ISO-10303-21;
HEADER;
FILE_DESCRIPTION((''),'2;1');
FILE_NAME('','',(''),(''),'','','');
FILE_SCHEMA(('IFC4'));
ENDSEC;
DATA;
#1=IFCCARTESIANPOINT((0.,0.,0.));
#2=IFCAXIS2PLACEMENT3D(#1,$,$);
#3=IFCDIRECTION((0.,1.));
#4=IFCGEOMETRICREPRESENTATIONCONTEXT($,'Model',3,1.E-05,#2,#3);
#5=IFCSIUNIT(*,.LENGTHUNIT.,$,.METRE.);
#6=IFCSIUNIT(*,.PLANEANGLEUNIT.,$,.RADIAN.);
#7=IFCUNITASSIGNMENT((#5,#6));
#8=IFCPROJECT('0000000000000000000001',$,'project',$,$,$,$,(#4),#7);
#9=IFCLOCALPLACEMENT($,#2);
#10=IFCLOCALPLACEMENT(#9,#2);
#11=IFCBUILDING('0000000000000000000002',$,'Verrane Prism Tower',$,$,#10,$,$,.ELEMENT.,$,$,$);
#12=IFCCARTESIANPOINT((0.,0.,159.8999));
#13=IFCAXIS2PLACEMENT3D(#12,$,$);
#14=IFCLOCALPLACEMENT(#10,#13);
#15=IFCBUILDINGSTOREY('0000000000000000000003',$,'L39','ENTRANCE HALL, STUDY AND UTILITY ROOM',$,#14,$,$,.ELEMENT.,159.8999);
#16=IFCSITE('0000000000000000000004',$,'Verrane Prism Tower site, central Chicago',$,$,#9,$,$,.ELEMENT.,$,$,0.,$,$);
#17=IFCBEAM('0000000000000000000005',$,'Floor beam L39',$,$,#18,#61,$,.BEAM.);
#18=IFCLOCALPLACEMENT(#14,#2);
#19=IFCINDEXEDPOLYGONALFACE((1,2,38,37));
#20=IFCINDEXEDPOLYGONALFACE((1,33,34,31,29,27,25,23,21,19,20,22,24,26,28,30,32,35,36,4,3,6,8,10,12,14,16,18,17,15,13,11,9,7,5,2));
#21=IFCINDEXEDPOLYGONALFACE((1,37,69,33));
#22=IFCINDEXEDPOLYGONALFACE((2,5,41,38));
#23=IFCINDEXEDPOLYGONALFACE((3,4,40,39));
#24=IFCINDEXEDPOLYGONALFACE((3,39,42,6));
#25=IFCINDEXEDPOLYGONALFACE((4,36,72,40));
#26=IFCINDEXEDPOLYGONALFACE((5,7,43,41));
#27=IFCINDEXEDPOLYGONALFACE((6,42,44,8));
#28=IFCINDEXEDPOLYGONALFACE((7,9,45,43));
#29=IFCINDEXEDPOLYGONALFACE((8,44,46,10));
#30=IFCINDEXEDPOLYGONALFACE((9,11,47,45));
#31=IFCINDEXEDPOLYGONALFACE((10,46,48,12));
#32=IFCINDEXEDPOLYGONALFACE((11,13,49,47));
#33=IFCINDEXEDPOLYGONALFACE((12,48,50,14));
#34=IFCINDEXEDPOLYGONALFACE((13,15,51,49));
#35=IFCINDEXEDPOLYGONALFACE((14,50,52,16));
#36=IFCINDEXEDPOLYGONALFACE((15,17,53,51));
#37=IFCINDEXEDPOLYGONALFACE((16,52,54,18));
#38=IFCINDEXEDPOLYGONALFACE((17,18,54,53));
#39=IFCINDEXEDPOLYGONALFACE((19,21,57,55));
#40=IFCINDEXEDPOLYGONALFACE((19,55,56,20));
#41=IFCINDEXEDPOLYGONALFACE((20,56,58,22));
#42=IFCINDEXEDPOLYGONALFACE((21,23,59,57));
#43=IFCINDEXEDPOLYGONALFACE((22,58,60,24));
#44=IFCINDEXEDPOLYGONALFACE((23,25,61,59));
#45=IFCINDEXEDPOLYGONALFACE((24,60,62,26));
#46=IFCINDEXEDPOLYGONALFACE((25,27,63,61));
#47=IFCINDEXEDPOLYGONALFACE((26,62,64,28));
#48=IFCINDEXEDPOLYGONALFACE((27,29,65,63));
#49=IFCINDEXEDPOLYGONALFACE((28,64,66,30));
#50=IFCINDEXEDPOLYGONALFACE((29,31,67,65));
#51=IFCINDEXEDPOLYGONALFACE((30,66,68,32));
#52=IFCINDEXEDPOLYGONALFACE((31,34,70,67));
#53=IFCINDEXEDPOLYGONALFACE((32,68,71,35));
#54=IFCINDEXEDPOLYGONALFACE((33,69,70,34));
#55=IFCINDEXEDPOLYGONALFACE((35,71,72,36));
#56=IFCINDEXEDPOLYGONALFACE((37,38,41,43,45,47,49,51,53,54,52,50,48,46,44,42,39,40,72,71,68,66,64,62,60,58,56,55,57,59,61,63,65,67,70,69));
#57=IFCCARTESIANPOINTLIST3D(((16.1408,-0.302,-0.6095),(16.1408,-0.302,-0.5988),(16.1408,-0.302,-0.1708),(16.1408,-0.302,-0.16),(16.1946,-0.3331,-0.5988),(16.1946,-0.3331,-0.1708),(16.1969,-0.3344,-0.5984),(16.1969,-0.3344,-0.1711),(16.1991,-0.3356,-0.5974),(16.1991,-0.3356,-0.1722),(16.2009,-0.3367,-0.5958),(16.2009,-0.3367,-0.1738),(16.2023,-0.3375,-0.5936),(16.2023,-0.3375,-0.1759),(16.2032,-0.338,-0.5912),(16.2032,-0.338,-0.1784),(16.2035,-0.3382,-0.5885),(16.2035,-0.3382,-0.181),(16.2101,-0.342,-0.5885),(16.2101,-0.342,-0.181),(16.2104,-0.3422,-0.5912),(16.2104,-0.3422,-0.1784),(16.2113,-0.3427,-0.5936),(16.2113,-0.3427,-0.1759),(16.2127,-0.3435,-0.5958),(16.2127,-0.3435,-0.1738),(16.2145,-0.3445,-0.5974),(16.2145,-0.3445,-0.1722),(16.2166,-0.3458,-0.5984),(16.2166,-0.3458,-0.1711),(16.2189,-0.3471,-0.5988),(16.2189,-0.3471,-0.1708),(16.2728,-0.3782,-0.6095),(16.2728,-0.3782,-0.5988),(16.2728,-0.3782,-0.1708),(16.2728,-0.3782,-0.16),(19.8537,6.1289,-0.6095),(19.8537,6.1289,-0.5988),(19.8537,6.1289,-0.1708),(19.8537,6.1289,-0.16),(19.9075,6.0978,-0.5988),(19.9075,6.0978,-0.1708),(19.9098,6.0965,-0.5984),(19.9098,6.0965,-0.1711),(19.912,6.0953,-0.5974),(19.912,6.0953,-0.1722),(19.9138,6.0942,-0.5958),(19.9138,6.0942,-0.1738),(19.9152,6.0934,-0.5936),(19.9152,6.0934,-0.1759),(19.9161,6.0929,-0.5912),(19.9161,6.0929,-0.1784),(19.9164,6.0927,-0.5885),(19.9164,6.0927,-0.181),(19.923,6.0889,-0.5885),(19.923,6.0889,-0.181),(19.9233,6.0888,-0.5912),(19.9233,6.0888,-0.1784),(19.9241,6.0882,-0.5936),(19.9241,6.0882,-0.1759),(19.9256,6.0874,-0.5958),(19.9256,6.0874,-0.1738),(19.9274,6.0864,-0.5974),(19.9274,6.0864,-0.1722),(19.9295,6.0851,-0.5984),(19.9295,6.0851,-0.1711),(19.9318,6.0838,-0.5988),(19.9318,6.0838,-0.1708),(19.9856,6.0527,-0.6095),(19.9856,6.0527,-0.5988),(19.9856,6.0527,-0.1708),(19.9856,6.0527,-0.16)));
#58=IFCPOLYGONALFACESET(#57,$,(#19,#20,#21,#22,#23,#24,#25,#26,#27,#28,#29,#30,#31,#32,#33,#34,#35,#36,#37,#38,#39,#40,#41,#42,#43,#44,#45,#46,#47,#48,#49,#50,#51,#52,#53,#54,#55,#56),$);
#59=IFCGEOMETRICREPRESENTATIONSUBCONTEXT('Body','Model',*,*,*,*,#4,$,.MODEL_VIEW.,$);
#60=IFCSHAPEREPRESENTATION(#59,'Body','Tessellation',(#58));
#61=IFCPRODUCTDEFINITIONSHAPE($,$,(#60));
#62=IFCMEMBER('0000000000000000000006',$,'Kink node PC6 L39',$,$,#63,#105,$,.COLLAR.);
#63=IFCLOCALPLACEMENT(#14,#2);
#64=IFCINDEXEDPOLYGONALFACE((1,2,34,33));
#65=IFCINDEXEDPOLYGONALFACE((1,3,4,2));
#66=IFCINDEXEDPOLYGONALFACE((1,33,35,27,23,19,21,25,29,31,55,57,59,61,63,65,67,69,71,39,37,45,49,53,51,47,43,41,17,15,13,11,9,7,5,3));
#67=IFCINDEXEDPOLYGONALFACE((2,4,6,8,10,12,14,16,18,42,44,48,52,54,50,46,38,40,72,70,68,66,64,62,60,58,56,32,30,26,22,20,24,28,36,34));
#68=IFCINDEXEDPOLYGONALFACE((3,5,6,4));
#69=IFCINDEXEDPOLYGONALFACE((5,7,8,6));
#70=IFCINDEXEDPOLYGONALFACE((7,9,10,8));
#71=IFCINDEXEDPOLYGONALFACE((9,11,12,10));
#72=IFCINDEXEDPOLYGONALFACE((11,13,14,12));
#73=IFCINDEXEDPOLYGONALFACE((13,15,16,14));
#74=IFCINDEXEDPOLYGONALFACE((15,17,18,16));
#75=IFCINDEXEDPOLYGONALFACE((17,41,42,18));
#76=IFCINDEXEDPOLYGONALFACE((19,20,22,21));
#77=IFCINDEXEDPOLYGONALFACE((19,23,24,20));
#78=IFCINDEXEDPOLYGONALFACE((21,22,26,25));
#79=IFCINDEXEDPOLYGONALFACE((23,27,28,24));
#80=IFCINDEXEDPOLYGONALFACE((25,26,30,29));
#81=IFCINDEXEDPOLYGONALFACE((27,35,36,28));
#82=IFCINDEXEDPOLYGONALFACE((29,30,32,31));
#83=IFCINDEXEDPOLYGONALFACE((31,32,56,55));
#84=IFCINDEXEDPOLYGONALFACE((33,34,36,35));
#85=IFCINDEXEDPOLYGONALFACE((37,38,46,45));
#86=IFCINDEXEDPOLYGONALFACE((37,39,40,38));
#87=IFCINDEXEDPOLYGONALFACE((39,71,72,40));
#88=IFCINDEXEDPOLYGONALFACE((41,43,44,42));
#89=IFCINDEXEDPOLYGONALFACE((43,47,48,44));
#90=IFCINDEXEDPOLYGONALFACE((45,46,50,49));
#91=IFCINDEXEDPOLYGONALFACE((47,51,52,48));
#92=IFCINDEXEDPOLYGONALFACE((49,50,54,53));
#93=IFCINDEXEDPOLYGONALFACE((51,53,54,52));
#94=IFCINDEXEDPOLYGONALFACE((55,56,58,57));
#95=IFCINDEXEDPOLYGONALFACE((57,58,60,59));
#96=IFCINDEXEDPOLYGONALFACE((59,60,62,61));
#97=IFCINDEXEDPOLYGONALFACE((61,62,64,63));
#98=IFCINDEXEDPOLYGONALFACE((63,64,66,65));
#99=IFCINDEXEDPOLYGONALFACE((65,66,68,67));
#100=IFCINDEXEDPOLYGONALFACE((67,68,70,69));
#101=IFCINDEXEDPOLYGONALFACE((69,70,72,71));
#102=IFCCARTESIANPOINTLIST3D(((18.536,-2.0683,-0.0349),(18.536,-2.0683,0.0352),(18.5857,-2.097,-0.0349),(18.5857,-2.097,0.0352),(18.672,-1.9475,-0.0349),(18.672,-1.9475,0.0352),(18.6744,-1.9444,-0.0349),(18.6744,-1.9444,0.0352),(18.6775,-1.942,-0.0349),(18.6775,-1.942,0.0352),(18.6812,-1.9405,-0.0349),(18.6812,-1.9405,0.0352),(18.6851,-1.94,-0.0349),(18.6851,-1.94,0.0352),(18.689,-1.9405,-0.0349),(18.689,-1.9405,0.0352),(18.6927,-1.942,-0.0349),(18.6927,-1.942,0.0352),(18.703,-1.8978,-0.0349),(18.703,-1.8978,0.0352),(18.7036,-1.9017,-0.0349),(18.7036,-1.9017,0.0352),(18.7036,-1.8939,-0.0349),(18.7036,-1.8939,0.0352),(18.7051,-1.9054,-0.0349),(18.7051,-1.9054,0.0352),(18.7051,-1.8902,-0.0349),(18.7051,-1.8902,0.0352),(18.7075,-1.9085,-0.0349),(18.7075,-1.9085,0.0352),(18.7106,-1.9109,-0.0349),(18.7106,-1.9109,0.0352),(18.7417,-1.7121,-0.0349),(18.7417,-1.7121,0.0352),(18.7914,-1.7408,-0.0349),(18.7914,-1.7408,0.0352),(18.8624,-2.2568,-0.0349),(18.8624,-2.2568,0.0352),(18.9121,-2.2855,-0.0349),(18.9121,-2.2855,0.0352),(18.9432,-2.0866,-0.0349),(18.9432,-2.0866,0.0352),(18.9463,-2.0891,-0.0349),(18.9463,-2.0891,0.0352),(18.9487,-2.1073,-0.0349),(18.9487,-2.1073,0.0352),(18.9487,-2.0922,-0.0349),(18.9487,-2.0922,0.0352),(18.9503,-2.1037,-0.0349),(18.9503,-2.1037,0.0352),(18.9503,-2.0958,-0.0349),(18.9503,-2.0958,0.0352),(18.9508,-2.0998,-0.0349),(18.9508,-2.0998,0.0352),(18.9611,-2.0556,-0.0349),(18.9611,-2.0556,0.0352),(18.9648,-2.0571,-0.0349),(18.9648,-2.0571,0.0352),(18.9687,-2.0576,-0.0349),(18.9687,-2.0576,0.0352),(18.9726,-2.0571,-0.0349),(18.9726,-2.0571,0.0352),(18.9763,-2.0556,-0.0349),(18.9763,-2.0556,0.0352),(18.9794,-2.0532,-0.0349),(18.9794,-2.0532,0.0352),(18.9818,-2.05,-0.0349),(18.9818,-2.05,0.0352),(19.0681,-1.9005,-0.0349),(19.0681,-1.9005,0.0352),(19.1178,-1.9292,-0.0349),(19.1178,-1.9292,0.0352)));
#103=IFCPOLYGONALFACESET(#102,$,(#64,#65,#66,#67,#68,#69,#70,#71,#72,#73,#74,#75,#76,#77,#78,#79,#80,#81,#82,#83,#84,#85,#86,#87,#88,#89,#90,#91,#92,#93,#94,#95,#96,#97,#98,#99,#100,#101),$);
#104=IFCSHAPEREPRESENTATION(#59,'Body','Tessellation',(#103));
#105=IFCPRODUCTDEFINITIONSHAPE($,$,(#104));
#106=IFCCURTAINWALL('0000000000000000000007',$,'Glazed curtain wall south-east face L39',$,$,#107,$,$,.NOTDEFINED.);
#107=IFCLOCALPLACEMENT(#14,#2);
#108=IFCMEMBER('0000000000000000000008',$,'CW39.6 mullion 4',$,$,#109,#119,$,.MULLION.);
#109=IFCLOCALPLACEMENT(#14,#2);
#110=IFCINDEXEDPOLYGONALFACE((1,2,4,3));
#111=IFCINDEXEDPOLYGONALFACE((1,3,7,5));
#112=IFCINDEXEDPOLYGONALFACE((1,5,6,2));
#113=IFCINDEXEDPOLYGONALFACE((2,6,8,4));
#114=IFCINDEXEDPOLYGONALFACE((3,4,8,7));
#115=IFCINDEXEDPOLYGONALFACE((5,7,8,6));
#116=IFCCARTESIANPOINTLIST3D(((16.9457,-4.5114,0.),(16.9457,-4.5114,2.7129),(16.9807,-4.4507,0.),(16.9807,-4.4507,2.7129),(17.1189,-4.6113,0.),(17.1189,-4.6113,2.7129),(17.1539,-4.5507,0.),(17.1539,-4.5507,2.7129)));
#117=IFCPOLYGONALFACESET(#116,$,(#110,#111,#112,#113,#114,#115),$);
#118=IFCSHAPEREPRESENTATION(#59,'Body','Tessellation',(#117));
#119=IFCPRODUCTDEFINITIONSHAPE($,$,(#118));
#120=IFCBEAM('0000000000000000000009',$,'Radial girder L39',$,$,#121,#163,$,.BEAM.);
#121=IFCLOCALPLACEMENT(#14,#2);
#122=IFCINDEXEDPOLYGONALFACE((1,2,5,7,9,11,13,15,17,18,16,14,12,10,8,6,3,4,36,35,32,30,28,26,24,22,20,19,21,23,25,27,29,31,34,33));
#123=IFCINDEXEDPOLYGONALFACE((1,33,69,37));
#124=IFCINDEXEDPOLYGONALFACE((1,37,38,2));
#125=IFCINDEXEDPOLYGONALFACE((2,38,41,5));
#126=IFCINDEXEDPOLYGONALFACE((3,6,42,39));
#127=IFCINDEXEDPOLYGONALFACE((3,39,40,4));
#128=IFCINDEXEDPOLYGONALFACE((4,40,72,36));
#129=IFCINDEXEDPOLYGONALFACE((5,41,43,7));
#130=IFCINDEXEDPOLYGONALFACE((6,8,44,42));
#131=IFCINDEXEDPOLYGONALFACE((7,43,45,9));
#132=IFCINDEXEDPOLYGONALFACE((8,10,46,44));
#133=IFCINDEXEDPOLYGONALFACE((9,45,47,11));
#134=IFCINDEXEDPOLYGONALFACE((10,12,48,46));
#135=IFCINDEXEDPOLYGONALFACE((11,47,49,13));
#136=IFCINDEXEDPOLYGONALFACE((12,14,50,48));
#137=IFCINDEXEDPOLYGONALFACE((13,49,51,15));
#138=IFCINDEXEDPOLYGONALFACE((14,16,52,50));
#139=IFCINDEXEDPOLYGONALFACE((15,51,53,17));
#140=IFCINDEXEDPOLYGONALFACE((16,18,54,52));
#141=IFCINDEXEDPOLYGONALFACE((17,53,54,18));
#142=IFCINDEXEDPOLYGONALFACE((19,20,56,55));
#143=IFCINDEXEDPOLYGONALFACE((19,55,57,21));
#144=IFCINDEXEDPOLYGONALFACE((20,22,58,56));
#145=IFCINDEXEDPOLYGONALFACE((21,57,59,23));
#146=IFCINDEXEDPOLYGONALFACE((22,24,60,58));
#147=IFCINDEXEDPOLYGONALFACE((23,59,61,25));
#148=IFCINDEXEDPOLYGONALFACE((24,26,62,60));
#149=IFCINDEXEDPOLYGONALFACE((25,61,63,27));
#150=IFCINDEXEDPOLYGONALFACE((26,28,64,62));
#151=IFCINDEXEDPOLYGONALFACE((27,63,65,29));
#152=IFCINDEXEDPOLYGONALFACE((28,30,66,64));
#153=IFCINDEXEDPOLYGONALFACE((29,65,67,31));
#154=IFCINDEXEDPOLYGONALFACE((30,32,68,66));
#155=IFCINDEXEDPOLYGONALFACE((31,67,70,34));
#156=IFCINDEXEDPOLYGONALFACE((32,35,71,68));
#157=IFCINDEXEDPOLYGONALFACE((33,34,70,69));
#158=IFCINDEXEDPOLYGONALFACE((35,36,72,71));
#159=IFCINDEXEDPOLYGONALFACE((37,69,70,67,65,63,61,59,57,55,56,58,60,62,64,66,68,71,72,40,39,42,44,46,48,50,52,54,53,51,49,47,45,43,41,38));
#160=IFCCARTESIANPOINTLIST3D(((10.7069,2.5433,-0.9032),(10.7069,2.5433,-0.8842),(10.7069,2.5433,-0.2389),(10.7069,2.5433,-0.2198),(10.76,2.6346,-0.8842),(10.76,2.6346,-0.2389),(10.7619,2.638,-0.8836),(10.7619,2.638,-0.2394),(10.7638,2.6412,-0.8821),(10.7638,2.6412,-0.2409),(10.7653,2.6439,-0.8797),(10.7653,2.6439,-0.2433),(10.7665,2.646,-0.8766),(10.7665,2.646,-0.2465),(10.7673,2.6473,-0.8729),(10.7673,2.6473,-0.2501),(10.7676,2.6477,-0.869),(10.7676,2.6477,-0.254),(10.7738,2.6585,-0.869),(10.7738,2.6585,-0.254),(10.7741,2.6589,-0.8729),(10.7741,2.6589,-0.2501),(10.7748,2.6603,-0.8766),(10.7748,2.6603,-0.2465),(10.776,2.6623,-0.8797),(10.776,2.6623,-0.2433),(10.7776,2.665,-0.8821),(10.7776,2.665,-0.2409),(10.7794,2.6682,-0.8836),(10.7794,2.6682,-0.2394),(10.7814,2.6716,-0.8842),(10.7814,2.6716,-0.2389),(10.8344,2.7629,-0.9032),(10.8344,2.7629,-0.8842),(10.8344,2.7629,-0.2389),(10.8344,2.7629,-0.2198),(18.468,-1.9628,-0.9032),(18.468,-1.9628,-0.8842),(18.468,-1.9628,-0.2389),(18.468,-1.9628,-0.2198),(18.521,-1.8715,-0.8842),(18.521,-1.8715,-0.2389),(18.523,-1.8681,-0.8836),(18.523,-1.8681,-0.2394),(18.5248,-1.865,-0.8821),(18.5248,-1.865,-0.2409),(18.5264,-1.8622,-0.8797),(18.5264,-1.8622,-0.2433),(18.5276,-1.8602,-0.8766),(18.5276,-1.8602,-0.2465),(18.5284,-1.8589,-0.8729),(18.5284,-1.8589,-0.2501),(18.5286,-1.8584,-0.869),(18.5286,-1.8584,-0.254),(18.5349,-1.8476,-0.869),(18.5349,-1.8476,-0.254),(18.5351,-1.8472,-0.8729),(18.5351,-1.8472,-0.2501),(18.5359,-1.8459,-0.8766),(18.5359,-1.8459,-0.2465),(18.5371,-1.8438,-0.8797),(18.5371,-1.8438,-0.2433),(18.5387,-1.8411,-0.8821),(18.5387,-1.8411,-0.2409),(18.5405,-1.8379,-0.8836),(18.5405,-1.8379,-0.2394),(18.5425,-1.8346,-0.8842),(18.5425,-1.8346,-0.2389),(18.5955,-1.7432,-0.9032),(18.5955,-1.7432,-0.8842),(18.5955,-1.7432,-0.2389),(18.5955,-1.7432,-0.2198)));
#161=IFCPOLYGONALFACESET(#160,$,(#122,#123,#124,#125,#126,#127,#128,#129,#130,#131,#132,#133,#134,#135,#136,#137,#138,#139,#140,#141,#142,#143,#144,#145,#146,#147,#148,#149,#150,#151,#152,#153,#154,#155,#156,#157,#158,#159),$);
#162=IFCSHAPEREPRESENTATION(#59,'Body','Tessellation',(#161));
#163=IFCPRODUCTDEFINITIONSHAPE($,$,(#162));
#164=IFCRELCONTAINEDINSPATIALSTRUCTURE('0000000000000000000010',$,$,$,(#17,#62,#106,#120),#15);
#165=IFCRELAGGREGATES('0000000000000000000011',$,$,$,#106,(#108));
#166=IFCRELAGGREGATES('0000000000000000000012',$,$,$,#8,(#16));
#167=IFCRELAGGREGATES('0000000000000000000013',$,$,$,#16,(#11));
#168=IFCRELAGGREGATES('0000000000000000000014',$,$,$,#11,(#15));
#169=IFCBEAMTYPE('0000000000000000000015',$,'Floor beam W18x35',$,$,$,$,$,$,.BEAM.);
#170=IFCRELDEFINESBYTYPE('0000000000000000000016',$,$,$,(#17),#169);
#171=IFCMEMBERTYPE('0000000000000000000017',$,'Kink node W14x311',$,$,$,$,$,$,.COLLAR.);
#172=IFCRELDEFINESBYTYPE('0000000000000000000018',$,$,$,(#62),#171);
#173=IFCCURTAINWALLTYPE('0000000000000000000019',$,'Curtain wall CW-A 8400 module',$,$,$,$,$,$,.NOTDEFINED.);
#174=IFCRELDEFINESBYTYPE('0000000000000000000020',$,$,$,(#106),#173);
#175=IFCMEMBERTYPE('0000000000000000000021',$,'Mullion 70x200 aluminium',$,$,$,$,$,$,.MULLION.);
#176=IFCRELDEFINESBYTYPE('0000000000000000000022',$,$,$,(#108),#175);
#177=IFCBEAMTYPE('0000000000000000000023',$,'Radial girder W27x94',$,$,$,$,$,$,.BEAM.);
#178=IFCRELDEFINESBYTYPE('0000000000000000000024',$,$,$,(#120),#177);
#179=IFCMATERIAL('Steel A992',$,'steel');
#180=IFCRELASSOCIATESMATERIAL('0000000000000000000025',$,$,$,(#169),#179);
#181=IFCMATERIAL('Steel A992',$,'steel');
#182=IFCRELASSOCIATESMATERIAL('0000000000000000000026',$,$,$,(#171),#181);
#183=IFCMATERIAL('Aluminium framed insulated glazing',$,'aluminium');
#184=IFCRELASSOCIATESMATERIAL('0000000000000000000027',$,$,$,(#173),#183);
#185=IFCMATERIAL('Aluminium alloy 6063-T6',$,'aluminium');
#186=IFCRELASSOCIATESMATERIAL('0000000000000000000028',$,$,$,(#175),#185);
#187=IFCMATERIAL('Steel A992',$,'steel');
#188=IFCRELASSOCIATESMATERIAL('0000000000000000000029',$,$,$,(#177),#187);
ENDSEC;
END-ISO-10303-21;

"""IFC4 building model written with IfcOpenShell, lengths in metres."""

from ifc_helpers import new_model, si_unit, direction, frame, origin, origin_2d, place, context, subcontext, project, spatial, rectangle, i_section, extrude, material, material_profile, profile_set, type_object, element, aggregate, save


model = new_model("IFC4")

# Units and contexts
model_context = context("Model", 3, precision=1e-05, world=origin(), true_north=direction((0.0, 1.0)))
body_context = subcontext(model_context, "Body", "Model", "MODEL_VIEW")
ifc_project = project(units=[si_unit("LENGTHUNIT", "METRE"), si_unit("PLANEANGLEUNIT", "RADIAN")], contexts=[model_context])

# Site, building, storey
site_placement = place(None, origin())
site = spatial("IfcSite", under=ifc_project, at=site_placement, Name="Verrane Prism Tower site, central Chicago", CompositionType="ELEMENT", RefElevation=0.0)
building_placement = place(site_placement, origin())
building = spatial("IfcBuilding", under=site, at=building_placement, Name="Verrane Prism Tower", CompositionType="ELEMENT")
storey_placement = place(building_placement, frame((0.0, 0.0, 159.8999)))
storey = spatial("IfcBuildingStorey", under=building, at=storey_placement, Name="L39", Description="ENTRANCE HALL, STUDY AND UTILITY ROOM", CompositionType="ELEMENT", Elevation=159.8999)

# Beam
ifc_material_1 = material(Name="Steel A992", Category="steel")
ifc_material_profile_1 = material_profile(ifc_material_1, i_section(OverallWidth=0.1523, OverallDepth=0.4495, WebThickness=0.0076, FlangeThickness=0.0107, FilletRadius=0.0103, at=origin_2d()), Name="W18x35")
ifc_profile_set_1 = profile_set([ifc_material_profile_1], Name="Steel A992")
beam_type_1 = type_object("IfcBeamType", Name="Floor beam W18x35", PredefinedType="BEAM", material=ifc_profile_set_1)
beam_1_placement = place(storey_placement, frame((16.2068, -0.3401, -0.3848), z_axis=(0.5, 0.866025, 0.0), x_axis=(-0.866025, 0.5, 0.0)))
element("IfcBeam", 1, at=beam_1_placement, inside=storey, type_object=beam_type_1, Name="Floor beam L39", PredefinedType="BEAM", context=body_context, shape_type="SweptSolid", body=[
    extrude(i_section(OverallWidth=0.1523, OverallDepth=0.4495, WebThickness=0.0076, FlangeThickness=0.0107, FilletRadius=0.0103, at=origin_2d()), origin(), (0.0, 0.0, 1.0), 7.4258),
])

# Member
ifc_material_2 = material(Name="Steel A992", Category="steel")
ifc_material_profile_2 = material_profile(ifc_material_2, i_section(OverallWidth=0.4114, OverallDepth=0.4343, WebThickness=0.0359, FlangeThickness=0.0574, FilletRadius=0.0151, at=origin_2d()), Name="W14x311")
ifc_profile_set_2 = profile_set([ifc_material_profile_2], Name="Steel A992")
member_type_1 = type_object("IfcMemberType", Name="Kink node W14x311", PredefinedType="COLLAR", material=ifc_profile_set_2)
member_1_placement = place(storey_placement, frame((18.8269, -1.9988, -0.0349), z_axis=(0.0, 0.0, 1.0), x_axis=(-0.5, -0.866025, 0.0)))
element("IfcMember", 2, at=member_1_placement, inside=storey, type_object=member_type_1, Name="Kink node PC6 L39", PredefinedType="COLLAR", context=body_context, shape_type="SweptSolid", body=[
    extrude(i_section(OverallWidth=0.4114, OverallDepth=0.4343, WebThickness=0.0359, FlangeThickness=0.0574, FilletRadius=0.0151, at=origin_2d()), origin(), (0.0, 0.0, 1.0), 0.0701),
])

# Curtain wall, member
ifc_material_3 = material(Name="Aluminium framed insulated glazing", Category="aluminium")
curtain_wall_type = type_object("IfcCurtainWallType", Name="Curtain wall CW-A 8400 module", PredefinedType="NOTDEFINED", material=ifc_material_3)
curtain_wall_placement = place(storey_placement, origin())
curtain_wall = element("IfcCurtainWall", 3, at=curtain_wall_placement, inside=storey, type_object=curtain_wall_type, Name="Glazed curtain wall south-east face L39", PredefinedType="NOTDEFINED")
ifc_material_4 = material(Name="Aluminium alloy 6063-T6", Category="aluminium")
ifc_material_profile_3 = material_profile(ifc_material_4, rectangle(XDim=0.2, YDim=0.0701, at=origin_2d()), Name="Mullion 70x200 aluminium")
ifc_profile_set_3 = profile_set([ifc_material_profile_3], Name="Aluminium alloy 6063-T6")
member_type_2 = type_object("IfcMemberType", Name="Mullion 70x200 aluminium", PredefinedType="MULLION", material=ifc_profile_set_3)
member_2_placement = place(storey_placement, frame((17.0498, -4.531, 0.0), z_axis=(0.0, 0.0, 1.0), x_axis=(-0.866026, 0.499999, 0.0)))
member_2 = element("IfcMember", 4, at=member_2_placement, type_object=member_type_2, Name="CW39.6 mullion 4", PredefinedType="MULLION", context=body_context, shape_type="SweptSolid", body=[
    extrude(rectangle(XDim=0.2, YDim=0.0701, at=origin_2d()), origin(), (0.0, 0.0, 1.0), 2.7129),
])

# Beam
ifc_material_5 = material(Name="Steel A992", Category="steel")
ifc_material_profile_4 = material_profile(ifc_material_5, i_section(OverallWidth=0.2539, OverallDepth=0.6833, WebThickness=0.0125, FlangeThickness=0.019, FilletRadius=0.0151, at=origin_2d()), Name="W27x94")
ifc_profile_set_4 = profile_set([ifc_material_profile_4], Name="Steel A992")
beam_type_2 = type_object("IfcBeamType", Name="Radial girder W27x94", PredefinedType="BEAM", material=ifc_profile_set_4)
beam_2_placement = place(storey_placement, frame((18.5317, -1.853, -0.5615), z_axis=(-0.864802, 0.502113, 0.0), x_axis=(-0.502113, -0.864802, 0.0)))
element("IfcBeam", 5, at=beam_2_placement, inside=storey, type_object=beam_type_2, Name="Radial girder L39", PredefinedType="BEAM", context=body_context, shape_type="SweptSolid", body=[
    extrude(i_section(OverallWidth=0.2539, OverallDepth=0.6833, WebThickness=0.0125, FlangeThickness=0.019, FilletRadius=0.0151, at=origin_2d()), origin(), (0.0, 0.0, 1.0), 8.9744),
])

aggregate(curtain_wall, [member_2])

save(model, "model.ifc")
